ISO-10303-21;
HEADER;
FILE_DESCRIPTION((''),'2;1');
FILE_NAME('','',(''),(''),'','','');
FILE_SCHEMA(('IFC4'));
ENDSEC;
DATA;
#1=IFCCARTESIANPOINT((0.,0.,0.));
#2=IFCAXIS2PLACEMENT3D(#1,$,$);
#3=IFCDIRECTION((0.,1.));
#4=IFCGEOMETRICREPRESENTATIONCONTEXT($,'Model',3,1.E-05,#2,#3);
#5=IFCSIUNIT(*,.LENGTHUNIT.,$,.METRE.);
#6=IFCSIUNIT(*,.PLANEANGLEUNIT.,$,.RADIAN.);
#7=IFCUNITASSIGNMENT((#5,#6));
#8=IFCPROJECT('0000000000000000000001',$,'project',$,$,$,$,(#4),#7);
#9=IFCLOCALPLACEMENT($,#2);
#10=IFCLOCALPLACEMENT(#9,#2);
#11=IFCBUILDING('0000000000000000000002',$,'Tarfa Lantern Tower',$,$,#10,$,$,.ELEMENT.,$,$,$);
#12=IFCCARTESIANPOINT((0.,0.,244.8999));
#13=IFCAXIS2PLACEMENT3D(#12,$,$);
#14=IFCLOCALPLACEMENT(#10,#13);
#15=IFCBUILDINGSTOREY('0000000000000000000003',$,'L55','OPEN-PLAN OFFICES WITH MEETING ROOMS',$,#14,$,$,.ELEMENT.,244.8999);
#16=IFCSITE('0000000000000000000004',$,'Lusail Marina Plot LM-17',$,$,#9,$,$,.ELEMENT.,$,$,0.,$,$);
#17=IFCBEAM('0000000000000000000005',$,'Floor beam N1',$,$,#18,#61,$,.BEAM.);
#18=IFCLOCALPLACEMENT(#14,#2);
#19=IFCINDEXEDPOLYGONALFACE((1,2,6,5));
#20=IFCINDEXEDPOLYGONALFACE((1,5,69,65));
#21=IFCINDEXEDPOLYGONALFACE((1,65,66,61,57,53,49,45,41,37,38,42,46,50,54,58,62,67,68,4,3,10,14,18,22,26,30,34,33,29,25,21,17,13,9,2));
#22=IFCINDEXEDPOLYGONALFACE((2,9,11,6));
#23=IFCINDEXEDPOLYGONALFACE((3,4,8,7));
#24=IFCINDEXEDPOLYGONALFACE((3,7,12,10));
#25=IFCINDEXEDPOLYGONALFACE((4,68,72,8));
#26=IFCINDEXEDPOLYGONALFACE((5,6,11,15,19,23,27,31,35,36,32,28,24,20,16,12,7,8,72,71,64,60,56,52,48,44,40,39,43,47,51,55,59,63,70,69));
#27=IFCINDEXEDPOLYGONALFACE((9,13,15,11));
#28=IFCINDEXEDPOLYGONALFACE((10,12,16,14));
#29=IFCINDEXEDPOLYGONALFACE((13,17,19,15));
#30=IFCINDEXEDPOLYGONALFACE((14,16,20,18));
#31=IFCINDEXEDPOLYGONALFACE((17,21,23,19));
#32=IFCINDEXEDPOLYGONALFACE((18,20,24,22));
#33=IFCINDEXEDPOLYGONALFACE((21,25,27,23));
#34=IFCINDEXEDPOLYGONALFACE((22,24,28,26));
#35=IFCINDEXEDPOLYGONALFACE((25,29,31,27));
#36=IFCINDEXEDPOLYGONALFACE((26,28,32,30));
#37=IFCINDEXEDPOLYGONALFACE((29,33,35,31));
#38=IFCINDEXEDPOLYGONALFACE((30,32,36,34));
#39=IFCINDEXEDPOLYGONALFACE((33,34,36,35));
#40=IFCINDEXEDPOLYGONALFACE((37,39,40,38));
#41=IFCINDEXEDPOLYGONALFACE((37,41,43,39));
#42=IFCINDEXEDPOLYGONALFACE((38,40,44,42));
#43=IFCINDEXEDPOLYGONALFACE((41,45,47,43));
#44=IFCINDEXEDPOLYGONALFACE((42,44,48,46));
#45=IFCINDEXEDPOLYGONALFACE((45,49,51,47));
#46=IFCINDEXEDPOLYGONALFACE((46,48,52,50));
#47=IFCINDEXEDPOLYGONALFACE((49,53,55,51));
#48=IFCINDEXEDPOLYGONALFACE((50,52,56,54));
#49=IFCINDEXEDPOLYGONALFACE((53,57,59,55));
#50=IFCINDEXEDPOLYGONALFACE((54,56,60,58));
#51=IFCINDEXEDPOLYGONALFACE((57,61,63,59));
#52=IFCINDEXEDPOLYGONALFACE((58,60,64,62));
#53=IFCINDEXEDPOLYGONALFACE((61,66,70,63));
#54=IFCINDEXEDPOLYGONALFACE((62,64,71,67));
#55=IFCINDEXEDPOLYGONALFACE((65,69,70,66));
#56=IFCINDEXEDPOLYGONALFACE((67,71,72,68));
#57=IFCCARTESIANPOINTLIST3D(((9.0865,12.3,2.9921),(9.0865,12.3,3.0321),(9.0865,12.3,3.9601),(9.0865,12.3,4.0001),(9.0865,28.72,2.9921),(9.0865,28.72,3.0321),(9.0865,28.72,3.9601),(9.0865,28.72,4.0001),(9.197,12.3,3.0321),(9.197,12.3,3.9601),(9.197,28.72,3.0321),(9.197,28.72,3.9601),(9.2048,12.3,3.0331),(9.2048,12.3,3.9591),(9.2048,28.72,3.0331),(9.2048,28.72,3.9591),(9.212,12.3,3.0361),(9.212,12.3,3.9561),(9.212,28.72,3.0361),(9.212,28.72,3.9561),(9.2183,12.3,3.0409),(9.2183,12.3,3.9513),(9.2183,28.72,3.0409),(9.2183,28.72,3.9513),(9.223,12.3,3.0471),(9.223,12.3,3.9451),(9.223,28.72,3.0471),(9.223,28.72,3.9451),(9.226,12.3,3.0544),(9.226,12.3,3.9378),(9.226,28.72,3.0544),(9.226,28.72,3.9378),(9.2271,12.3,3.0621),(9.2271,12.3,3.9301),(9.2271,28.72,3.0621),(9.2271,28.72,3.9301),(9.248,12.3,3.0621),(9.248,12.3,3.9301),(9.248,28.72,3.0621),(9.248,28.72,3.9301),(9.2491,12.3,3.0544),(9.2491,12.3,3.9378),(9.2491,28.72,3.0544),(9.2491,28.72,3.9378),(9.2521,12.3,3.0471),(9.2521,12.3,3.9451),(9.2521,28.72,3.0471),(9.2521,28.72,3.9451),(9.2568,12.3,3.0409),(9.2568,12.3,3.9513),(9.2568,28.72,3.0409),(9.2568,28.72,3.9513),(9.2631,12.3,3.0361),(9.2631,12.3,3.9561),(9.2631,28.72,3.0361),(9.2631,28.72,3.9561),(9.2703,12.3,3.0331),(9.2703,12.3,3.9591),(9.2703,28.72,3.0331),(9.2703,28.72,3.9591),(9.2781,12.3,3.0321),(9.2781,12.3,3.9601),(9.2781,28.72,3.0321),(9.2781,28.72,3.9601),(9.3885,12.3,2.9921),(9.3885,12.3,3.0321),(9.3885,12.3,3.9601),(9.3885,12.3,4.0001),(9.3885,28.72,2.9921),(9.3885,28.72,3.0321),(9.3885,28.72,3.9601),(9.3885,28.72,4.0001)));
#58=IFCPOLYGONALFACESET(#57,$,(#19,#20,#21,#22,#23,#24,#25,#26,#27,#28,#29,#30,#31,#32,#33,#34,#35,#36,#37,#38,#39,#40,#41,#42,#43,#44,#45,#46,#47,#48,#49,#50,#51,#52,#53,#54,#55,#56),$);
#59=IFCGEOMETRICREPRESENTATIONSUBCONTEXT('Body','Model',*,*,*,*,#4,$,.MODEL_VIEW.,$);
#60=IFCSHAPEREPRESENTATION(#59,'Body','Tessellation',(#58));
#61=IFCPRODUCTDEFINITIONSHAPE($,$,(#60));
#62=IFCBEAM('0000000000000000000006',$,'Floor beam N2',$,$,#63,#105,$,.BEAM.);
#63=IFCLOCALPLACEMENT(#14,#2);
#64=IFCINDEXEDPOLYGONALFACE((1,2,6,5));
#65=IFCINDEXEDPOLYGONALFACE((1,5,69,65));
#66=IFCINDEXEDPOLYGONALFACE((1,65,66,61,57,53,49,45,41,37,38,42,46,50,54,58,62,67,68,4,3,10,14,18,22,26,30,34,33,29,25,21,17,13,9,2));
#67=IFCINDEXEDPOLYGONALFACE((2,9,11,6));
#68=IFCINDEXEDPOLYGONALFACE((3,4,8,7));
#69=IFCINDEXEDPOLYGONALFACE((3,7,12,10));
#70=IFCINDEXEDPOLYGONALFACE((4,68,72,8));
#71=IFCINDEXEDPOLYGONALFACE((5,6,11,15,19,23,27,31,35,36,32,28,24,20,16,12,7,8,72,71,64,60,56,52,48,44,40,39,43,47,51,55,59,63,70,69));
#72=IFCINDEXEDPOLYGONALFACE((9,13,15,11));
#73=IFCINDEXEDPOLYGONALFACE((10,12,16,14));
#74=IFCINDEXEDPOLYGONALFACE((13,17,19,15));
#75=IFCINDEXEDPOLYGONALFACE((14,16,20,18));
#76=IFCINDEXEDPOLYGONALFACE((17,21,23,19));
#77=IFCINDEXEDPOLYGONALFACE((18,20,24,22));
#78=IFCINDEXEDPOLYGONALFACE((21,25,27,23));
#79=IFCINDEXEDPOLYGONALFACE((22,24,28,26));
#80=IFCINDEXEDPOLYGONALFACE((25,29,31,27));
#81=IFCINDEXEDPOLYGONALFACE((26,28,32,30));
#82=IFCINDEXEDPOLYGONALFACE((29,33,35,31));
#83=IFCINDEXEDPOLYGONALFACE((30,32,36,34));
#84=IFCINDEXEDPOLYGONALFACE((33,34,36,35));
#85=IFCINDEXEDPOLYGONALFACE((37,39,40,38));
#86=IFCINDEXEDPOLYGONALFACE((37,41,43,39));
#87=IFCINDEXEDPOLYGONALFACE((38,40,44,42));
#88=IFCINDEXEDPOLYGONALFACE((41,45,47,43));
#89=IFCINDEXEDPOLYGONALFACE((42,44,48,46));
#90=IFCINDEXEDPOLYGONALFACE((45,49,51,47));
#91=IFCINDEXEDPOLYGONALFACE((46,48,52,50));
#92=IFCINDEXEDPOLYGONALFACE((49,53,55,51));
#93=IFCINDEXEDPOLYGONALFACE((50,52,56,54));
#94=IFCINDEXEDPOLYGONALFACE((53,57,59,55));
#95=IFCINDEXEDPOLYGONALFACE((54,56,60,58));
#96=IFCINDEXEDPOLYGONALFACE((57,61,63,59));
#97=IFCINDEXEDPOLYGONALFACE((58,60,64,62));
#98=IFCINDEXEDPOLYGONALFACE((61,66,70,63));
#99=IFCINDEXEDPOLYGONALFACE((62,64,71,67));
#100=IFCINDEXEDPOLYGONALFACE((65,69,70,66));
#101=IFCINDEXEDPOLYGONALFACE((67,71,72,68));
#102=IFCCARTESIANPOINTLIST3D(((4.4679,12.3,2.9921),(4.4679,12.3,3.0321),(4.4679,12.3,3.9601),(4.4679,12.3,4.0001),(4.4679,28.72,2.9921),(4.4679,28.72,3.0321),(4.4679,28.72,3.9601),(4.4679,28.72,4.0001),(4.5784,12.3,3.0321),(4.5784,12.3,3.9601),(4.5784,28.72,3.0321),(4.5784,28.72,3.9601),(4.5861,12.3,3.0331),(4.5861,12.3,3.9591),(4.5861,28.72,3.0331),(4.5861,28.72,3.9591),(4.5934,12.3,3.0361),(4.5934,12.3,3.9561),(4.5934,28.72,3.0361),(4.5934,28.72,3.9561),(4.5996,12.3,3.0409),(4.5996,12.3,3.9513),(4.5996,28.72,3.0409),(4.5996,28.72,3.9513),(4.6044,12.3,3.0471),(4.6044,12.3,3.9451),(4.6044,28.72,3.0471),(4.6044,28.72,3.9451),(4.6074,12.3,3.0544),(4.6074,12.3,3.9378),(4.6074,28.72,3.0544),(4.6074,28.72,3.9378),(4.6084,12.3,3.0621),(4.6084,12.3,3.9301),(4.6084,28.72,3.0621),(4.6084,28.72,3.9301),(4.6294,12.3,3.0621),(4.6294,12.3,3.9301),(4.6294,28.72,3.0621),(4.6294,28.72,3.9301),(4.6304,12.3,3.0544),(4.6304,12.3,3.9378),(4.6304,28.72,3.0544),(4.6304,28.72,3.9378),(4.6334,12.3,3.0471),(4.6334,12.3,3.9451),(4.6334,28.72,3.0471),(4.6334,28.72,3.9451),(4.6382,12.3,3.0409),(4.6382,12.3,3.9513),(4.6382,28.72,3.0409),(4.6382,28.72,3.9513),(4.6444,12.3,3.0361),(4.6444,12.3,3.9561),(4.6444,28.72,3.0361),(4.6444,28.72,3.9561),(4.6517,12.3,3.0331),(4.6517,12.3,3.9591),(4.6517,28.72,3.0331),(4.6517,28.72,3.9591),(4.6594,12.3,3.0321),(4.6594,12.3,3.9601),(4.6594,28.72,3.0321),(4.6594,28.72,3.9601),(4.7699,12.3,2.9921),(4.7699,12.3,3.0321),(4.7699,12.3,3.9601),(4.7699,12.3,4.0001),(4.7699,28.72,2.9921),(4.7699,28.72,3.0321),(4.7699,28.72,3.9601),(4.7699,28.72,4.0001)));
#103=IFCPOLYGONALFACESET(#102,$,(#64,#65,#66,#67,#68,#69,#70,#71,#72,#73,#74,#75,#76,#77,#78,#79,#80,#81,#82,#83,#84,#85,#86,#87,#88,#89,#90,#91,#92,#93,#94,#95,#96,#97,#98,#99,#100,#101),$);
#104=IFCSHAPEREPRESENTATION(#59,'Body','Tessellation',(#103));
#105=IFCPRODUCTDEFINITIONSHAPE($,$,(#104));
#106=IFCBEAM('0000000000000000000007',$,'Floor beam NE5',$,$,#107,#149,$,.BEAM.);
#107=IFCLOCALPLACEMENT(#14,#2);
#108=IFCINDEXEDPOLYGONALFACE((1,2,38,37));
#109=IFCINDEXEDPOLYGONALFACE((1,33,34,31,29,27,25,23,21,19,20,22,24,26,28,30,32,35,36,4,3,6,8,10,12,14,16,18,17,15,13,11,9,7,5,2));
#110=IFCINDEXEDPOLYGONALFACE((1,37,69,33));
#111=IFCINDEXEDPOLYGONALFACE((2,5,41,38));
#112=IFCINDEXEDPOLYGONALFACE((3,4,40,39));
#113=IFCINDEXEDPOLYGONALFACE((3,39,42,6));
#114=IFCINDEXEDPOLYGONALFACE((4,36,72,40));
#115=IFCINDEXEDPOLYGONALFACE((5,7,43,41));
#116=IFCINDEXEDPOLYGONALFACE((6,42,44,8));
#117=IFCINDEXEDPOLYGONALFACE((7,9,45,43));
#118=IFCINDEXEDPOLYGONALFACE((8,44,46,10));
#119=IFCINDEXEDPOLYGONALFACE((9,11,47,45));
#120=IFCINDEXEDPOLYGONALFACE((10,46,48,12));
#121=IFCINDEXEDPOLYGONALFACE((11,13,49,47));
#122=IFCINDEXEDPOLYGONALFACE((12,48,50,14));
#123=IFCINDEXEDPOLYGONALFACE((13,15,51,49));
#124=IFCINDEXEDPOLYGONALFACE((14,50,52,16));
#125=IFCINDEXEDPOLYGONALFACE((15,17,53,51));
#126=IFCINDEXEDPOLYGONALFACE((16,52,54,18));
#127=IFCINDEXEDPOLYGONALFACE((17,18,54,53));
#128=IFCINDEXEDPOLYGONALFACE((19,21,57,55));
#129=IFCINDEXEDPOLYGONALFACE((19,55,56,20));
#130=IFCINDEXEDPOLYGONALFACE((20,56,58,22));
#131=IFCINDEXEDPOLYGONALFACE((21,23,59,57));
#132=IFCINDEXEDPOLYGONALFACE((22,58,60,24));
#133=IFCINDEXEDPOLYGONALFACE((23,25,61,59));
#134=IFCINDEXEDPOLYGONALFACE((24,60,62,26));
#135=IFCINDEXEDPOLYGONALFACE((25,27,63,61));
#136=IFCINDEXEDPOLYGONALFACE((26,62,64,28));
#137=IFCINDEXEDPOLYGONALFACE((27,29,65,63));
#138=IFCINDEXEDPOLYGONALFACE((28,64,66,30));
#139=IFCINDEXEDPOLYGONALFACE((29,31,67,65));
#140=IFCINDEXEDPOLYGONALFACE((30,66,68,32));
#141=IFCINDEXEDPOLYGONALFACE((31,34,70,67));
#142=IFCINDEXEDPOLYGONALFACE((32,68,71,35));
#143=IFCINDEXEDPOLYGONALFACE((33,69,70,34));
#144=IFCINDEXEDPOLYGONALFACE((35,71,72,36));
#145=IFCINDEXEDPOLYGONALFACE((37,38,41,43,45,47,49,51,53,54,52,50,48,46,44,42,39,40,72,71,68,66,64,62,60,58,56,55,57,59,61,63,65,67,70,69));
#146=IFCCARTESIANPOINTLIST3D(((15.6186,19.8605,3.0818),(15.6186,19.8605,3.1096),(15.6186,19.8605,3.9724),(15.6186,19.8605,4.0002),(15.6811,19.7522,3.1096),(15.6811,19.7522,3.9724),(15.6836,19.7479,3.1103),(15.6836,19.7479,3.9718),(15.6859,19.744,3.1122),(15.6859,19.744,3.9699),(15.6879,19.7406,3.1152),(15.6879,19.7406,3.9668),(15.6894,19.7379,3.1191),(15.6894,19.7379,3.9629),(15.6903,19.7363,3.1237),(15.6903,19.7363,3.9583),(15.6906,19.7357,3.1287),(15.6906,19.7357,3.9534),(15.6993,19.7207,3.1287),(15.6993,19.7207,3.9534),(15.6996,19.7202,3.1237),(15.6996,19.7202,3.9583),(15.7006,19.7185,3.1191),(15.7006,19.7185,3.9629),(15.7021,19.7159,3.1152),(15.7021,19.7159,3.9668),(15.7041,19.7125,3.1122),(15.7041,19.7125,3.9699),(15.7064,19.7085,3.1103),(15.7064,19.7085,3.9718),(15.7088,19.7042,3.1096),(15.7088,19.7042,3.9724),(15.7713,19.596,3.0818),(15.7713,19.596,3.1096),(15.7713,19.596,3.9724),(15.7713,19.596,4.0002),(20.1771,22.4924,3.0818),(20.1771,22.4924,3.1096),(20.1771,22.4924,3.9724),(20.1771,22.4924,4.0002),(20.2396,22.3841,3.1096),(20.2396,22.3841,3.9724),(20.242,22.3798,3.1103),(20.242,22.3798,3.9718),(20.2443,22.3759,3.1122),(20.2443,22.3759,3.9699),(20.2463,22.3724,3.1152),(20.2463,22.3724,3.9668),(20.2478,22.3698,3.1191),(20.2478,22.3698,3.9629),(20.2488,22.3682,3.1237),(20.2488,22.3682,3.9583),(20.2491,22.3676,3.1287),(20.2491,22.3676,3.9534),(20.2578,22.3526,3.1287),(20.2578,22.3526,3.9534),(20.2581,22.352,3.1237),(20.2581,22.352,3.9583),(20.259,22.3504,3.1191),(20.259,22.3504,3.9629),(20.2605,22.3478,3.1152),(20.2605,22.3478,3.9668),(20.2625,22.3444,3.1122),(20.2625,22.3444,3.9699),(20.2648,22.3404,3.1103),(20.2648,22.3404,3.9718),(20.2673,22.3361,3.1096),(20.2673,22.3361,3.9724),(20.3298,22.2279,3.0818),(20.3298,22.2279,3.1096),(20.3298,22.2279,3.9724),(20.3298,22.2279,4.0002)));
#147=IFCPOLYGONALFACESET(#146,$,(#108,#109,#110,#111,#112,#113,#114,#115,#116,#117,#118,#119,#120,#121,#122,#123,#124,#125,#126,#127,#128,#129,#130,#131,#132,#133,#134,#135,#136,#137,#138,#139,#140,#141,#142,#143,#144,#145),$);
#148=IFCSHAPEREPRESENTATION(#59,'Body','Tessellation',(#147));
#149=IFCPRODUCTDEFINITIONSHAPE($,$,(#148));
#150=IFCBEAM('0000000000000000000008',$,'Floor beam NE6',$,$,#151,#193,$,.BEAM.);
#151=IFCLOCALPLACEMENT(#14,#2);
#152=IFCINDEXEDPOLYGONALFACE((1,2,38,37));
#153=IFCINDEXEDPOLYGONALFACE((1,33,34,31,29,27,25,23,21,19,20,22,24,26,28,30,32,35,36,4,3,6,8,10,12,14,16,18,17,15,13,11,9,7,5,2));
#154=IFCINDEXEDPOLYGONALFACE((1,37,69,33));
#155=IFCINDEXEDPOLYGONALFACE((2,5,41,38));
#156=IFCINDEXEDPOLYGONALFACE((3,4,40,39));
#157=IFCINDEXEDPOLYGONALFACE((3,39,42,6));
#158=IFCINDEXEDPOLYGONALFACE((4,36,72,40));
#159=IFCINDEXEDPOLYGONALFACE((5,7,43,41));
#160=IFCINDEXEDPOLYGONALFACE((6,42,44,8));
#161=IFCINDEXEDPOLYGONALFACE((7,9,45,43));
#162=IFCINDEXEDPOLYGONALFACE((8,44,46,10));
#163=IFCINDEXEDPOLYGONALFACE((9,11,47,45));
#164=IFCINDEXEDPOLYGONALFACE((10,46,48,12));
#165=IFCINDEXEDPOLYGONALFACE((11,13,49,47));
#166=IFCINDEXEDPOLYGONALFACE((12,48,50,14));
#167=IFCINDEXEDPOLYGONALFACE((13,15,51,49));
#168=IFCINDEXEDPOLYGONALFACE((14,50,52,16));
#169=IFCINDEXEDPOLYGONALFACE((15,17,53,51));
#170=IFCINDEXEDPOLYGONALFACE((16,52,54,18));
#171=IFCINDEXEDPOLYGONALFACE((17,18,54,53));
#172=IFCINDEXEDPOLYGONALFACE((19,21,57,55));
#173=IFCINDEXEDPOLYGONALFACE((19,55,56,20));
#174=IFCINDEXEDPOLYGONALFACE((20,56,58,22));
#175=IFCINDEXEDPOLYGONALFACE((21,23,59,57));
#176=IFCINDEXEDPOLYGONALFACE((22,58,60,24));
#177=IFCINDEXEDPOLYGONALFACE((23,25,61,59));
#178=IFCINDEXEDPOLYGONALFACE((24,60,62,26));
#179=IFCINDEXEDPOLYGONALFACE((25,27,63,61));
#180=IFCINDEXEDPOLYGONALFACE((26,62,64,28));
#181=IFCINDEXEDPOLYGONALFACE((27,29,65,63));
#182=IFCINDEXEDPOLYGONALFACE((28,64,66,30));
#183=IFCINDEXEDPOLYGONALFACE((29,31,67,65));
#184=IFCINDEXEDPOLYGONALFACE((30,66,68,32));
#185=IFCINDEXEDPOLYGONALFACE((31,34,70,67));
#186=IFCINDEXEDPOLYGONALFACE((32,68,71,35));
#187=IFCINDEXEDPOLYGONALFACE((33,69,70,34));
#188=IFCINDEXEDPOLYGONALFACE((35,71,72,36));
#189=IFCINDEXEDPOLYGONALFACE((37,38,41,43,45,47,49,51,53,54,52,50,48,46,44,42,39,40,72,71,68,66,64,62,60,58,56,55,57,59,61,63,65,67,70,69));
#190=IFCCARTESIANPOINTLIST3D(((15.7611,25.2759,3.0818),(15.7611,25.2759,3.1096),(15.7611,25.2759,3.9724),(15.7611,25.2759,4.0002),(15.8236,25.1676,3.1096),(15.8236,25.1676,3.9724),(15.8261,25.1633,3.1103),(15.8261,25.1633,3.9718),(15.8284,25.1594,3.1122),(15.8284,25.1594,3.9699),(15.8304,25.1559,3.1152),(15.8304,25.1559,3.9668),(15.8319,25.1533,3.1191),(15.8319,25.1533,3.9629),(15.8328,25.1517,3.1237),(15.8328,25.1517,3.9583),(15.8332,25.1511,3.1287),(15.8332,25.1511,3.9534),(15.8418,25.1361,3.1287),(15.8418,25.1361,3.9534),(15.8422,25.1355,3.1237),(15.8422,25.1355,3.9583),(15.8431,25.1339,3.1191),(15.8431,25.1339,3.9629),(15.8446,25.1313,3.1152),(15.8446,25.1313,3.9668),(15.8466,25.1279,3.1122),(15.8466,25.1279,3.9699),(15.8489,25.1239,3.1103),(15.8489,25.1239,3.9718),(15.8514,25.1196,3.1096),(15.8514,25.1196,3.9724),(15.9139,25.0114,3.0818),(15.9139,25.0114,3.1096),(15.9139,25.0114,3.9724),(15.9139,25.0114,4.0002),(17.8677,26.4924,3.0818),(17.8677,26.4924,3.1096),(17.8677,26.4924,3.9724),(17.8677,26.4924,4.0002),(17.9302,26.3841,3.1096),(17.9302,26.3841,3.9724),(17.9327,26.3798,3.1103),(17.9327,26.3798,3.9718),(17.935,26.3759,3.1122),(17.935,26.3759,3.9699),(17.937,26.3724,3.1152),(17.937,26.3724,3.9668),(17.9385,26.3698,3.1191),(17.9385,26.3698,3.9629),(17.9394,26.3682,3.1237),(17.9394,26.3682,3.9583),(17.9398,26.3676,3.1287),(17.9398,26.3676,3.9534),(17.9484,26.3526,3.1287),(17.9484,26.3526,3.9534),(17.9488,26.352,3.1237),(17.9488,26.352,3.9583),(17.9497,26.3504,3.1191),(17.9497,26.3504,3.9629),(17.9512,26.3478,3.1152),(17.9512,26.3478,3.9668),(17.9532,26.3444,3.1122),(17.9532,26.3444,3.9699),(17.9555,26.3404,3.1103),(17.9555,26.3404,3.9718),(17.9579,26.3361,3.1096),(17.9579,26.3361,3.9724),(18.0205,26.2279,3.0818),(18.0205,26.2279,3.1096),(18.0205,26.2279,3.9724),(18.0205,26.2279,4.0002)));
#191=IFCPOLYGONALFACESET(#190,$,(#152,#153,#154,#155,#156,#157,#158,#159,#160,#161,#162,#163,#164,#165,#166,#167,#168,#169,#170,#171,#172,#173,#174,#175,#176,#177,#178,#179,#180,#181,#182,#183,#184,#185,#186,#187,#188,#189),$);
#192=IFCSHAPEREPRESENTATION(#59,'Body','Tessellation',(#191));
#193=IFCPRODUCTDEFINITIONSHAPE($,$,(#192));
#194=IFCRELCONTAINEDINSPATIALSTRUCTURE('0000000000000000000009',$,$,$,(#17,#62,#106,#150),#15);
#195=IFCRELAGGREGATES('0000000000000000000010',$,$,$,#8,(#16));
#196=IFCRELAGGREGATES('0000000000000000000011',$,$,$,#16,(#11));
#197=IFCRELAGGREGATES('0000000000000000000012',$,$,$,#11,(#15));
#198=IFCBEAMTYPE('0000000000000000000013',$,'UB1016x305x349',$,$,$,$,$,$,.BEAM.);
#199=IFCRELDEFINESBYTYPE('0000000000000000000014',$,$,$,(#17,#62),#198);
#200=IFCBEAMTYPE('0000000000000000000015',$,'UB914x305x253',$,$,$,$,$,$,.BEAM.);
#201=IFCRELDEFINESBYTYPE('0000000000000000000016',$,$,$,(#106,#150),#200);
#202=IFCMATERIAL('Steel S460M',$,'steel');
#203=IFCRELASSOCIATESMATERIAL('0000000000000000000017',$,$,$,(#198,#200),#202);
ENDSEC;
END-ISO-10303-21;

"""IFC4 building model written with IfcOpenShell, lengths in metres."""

from ifc_helpers import new_model, si_unit, direction, frame, origin, origin_2d, place, context, subcontext, project, spatial, i_section, extrude, material, material_profile, profile_set, type_object, element, save


model = new_model("IFC4")

# Units and contexts
model_context = context("Model", 3, precision=1e-05, world=origin(), true_north=direction((0.0, 1.0)))
body_context = subcontext(model_context, "Body", "Model", "MODEL_VIEW")
ifc_project = project(units=[si_unit("LENGTHUNIT", "METRE"), si_unit("PLANEANGLEUNIT", "RADIAN")], contexts=[model_context])

# Site, building, storey
site_placement = place(None, origin())
site = spatial("IfcSite", under=ifc_project, at=site_placement, Name="Lusail Marina Plot LM-17", CompositionType="ELEMENT", RefElevation=0.0)
building_placement = place(site_placement, origin())
building = spatial("IfcBuilding", under=site, at=building_placement, Name="Tarfa Lantern Tower", CompositionType="ELEMENT")
storey_placement = place(building_placement, frame((0.0, 0.0, 244.8999)))
storey = spatial("IfcBuildingStorey", under=building, at=storey_placement, Name="L55", Description="OPEN-PLAN OFFICES WITH MEETING ROOMS", CompositionType="ELEMENT", Elevation=244.8999)

# Beams
ifc_material_1 = material(Name="Steel S460M", Category="steel")
ifc_material_profile_1 = material_profile(ifc_material_1, i_section(OverallWidth=0.302, OverallDepth=1.0081, WebThickness=0.021, FlangeThickness=0.04, FilletRadius=0.03, at=origin_2d()), Name="UB1016x305x349")
ifc_profile_set_1 = profile_set([ifc_material_profile_1], Name="Steel S460M")
beam_type_1 = type_object("IfcBeamType", Name="UB1016x305x349", PredefinedType="BEAM", material=ifc_profile_set_1)
for number, where, z_axis, x_axis, name in (
    (1, (9.2375, 28.72, 3.4961), (0.0, -1.0, 0.0), (1.0, 0.0, 0.0), "Floor beam N1"),
    (2, (4.6189, 28.72, 3.4961), (0.0, -1.0, 0.0), (1.0, 0.0, 0.0), "Floor beam N2"),
):
    element("IfcBeam", number, at=place(storey_placement, frame(where, z_axis=z_axis, x_axis=x_axis)), inside=storey, type_object=beam_type_1, Name=name, PredefinedType="BEAM", context=body_context, shape_type="SweptSolid", body=[
        extrude(i_section(OverallWidth=0.302, OverallDepth=1.0081, WebThickness=0.021, FlangeThickness=0.04, FilletRadius=0.03, at=origin_2d()), origin(), (0.0, 0.0, 1.0), 16.4199),
    ])
ifc_material_profile_2 = material_profile(ifc_material_1, i_section(OverallWidth=0.3054, OverallDepth=0.9185, WebThickness=0.0173, FlangeThickness=0.0278, FilletRadius=0.019, at=origin_2d()), Name="UB914x305x253")
ifc_profile_set_2 = profile_set([ifc_material_profile_2], Name="Steel S460M")
beam_type_2 = type_object("IfcBeamType", Name="UB914x305x253", PredefinedType="BEAM", material=ifc_profile_set_2)
beam_1_placement = place(storey_placement, frame((20.2534, 22.3601, 3.541), z_axis=(-0.86602, -0.50001, 0.0), x_axis=(0.50001, -0.86602, 0.0)))
element("IfcBeam", 3, at=beam_1_placement, inside=storey, type_object=beam_type_2, Name="Floor beam NE5", PredefinedType="BEAM", context=body_context, shape_type="SweptSolid", body=[
    extrude(i_section(OverallWidth=0.3054, OverallDepth=0.9185, WebThickness=0.0173, FlangeThickness=0.0278, FilletRadius=0.019, at=origin_2d()), origin(), (0.0, 0.0, 1.0), 5.2637),
])
beam_2_placement = place(storey_placement, frame((17.9441, 26.3601, 3.541), z_axis=(-0.86598, -0.500079, 0.0), x_axis=(0.500079, -0.86598, 0.0)))
element("IfcBeam", 4, at=beam_2_placement, inside=storey, type_object=beam_type_2, Name="Floor beam NE6", PredefinedType="BEAM", context=body_context, shape_type="SweptSolid", body=[
    extrude(i_section(OverallWidth=0.3054, OverallDepth=0.9185, WebThickness=0.0173, FlangeThickness=0.0278, FilletRadius=0.019, at=origin_2d()), origin(), (0.0, 0.0, 1.0), 2.4326),
])

save(model, "model.ifc")
